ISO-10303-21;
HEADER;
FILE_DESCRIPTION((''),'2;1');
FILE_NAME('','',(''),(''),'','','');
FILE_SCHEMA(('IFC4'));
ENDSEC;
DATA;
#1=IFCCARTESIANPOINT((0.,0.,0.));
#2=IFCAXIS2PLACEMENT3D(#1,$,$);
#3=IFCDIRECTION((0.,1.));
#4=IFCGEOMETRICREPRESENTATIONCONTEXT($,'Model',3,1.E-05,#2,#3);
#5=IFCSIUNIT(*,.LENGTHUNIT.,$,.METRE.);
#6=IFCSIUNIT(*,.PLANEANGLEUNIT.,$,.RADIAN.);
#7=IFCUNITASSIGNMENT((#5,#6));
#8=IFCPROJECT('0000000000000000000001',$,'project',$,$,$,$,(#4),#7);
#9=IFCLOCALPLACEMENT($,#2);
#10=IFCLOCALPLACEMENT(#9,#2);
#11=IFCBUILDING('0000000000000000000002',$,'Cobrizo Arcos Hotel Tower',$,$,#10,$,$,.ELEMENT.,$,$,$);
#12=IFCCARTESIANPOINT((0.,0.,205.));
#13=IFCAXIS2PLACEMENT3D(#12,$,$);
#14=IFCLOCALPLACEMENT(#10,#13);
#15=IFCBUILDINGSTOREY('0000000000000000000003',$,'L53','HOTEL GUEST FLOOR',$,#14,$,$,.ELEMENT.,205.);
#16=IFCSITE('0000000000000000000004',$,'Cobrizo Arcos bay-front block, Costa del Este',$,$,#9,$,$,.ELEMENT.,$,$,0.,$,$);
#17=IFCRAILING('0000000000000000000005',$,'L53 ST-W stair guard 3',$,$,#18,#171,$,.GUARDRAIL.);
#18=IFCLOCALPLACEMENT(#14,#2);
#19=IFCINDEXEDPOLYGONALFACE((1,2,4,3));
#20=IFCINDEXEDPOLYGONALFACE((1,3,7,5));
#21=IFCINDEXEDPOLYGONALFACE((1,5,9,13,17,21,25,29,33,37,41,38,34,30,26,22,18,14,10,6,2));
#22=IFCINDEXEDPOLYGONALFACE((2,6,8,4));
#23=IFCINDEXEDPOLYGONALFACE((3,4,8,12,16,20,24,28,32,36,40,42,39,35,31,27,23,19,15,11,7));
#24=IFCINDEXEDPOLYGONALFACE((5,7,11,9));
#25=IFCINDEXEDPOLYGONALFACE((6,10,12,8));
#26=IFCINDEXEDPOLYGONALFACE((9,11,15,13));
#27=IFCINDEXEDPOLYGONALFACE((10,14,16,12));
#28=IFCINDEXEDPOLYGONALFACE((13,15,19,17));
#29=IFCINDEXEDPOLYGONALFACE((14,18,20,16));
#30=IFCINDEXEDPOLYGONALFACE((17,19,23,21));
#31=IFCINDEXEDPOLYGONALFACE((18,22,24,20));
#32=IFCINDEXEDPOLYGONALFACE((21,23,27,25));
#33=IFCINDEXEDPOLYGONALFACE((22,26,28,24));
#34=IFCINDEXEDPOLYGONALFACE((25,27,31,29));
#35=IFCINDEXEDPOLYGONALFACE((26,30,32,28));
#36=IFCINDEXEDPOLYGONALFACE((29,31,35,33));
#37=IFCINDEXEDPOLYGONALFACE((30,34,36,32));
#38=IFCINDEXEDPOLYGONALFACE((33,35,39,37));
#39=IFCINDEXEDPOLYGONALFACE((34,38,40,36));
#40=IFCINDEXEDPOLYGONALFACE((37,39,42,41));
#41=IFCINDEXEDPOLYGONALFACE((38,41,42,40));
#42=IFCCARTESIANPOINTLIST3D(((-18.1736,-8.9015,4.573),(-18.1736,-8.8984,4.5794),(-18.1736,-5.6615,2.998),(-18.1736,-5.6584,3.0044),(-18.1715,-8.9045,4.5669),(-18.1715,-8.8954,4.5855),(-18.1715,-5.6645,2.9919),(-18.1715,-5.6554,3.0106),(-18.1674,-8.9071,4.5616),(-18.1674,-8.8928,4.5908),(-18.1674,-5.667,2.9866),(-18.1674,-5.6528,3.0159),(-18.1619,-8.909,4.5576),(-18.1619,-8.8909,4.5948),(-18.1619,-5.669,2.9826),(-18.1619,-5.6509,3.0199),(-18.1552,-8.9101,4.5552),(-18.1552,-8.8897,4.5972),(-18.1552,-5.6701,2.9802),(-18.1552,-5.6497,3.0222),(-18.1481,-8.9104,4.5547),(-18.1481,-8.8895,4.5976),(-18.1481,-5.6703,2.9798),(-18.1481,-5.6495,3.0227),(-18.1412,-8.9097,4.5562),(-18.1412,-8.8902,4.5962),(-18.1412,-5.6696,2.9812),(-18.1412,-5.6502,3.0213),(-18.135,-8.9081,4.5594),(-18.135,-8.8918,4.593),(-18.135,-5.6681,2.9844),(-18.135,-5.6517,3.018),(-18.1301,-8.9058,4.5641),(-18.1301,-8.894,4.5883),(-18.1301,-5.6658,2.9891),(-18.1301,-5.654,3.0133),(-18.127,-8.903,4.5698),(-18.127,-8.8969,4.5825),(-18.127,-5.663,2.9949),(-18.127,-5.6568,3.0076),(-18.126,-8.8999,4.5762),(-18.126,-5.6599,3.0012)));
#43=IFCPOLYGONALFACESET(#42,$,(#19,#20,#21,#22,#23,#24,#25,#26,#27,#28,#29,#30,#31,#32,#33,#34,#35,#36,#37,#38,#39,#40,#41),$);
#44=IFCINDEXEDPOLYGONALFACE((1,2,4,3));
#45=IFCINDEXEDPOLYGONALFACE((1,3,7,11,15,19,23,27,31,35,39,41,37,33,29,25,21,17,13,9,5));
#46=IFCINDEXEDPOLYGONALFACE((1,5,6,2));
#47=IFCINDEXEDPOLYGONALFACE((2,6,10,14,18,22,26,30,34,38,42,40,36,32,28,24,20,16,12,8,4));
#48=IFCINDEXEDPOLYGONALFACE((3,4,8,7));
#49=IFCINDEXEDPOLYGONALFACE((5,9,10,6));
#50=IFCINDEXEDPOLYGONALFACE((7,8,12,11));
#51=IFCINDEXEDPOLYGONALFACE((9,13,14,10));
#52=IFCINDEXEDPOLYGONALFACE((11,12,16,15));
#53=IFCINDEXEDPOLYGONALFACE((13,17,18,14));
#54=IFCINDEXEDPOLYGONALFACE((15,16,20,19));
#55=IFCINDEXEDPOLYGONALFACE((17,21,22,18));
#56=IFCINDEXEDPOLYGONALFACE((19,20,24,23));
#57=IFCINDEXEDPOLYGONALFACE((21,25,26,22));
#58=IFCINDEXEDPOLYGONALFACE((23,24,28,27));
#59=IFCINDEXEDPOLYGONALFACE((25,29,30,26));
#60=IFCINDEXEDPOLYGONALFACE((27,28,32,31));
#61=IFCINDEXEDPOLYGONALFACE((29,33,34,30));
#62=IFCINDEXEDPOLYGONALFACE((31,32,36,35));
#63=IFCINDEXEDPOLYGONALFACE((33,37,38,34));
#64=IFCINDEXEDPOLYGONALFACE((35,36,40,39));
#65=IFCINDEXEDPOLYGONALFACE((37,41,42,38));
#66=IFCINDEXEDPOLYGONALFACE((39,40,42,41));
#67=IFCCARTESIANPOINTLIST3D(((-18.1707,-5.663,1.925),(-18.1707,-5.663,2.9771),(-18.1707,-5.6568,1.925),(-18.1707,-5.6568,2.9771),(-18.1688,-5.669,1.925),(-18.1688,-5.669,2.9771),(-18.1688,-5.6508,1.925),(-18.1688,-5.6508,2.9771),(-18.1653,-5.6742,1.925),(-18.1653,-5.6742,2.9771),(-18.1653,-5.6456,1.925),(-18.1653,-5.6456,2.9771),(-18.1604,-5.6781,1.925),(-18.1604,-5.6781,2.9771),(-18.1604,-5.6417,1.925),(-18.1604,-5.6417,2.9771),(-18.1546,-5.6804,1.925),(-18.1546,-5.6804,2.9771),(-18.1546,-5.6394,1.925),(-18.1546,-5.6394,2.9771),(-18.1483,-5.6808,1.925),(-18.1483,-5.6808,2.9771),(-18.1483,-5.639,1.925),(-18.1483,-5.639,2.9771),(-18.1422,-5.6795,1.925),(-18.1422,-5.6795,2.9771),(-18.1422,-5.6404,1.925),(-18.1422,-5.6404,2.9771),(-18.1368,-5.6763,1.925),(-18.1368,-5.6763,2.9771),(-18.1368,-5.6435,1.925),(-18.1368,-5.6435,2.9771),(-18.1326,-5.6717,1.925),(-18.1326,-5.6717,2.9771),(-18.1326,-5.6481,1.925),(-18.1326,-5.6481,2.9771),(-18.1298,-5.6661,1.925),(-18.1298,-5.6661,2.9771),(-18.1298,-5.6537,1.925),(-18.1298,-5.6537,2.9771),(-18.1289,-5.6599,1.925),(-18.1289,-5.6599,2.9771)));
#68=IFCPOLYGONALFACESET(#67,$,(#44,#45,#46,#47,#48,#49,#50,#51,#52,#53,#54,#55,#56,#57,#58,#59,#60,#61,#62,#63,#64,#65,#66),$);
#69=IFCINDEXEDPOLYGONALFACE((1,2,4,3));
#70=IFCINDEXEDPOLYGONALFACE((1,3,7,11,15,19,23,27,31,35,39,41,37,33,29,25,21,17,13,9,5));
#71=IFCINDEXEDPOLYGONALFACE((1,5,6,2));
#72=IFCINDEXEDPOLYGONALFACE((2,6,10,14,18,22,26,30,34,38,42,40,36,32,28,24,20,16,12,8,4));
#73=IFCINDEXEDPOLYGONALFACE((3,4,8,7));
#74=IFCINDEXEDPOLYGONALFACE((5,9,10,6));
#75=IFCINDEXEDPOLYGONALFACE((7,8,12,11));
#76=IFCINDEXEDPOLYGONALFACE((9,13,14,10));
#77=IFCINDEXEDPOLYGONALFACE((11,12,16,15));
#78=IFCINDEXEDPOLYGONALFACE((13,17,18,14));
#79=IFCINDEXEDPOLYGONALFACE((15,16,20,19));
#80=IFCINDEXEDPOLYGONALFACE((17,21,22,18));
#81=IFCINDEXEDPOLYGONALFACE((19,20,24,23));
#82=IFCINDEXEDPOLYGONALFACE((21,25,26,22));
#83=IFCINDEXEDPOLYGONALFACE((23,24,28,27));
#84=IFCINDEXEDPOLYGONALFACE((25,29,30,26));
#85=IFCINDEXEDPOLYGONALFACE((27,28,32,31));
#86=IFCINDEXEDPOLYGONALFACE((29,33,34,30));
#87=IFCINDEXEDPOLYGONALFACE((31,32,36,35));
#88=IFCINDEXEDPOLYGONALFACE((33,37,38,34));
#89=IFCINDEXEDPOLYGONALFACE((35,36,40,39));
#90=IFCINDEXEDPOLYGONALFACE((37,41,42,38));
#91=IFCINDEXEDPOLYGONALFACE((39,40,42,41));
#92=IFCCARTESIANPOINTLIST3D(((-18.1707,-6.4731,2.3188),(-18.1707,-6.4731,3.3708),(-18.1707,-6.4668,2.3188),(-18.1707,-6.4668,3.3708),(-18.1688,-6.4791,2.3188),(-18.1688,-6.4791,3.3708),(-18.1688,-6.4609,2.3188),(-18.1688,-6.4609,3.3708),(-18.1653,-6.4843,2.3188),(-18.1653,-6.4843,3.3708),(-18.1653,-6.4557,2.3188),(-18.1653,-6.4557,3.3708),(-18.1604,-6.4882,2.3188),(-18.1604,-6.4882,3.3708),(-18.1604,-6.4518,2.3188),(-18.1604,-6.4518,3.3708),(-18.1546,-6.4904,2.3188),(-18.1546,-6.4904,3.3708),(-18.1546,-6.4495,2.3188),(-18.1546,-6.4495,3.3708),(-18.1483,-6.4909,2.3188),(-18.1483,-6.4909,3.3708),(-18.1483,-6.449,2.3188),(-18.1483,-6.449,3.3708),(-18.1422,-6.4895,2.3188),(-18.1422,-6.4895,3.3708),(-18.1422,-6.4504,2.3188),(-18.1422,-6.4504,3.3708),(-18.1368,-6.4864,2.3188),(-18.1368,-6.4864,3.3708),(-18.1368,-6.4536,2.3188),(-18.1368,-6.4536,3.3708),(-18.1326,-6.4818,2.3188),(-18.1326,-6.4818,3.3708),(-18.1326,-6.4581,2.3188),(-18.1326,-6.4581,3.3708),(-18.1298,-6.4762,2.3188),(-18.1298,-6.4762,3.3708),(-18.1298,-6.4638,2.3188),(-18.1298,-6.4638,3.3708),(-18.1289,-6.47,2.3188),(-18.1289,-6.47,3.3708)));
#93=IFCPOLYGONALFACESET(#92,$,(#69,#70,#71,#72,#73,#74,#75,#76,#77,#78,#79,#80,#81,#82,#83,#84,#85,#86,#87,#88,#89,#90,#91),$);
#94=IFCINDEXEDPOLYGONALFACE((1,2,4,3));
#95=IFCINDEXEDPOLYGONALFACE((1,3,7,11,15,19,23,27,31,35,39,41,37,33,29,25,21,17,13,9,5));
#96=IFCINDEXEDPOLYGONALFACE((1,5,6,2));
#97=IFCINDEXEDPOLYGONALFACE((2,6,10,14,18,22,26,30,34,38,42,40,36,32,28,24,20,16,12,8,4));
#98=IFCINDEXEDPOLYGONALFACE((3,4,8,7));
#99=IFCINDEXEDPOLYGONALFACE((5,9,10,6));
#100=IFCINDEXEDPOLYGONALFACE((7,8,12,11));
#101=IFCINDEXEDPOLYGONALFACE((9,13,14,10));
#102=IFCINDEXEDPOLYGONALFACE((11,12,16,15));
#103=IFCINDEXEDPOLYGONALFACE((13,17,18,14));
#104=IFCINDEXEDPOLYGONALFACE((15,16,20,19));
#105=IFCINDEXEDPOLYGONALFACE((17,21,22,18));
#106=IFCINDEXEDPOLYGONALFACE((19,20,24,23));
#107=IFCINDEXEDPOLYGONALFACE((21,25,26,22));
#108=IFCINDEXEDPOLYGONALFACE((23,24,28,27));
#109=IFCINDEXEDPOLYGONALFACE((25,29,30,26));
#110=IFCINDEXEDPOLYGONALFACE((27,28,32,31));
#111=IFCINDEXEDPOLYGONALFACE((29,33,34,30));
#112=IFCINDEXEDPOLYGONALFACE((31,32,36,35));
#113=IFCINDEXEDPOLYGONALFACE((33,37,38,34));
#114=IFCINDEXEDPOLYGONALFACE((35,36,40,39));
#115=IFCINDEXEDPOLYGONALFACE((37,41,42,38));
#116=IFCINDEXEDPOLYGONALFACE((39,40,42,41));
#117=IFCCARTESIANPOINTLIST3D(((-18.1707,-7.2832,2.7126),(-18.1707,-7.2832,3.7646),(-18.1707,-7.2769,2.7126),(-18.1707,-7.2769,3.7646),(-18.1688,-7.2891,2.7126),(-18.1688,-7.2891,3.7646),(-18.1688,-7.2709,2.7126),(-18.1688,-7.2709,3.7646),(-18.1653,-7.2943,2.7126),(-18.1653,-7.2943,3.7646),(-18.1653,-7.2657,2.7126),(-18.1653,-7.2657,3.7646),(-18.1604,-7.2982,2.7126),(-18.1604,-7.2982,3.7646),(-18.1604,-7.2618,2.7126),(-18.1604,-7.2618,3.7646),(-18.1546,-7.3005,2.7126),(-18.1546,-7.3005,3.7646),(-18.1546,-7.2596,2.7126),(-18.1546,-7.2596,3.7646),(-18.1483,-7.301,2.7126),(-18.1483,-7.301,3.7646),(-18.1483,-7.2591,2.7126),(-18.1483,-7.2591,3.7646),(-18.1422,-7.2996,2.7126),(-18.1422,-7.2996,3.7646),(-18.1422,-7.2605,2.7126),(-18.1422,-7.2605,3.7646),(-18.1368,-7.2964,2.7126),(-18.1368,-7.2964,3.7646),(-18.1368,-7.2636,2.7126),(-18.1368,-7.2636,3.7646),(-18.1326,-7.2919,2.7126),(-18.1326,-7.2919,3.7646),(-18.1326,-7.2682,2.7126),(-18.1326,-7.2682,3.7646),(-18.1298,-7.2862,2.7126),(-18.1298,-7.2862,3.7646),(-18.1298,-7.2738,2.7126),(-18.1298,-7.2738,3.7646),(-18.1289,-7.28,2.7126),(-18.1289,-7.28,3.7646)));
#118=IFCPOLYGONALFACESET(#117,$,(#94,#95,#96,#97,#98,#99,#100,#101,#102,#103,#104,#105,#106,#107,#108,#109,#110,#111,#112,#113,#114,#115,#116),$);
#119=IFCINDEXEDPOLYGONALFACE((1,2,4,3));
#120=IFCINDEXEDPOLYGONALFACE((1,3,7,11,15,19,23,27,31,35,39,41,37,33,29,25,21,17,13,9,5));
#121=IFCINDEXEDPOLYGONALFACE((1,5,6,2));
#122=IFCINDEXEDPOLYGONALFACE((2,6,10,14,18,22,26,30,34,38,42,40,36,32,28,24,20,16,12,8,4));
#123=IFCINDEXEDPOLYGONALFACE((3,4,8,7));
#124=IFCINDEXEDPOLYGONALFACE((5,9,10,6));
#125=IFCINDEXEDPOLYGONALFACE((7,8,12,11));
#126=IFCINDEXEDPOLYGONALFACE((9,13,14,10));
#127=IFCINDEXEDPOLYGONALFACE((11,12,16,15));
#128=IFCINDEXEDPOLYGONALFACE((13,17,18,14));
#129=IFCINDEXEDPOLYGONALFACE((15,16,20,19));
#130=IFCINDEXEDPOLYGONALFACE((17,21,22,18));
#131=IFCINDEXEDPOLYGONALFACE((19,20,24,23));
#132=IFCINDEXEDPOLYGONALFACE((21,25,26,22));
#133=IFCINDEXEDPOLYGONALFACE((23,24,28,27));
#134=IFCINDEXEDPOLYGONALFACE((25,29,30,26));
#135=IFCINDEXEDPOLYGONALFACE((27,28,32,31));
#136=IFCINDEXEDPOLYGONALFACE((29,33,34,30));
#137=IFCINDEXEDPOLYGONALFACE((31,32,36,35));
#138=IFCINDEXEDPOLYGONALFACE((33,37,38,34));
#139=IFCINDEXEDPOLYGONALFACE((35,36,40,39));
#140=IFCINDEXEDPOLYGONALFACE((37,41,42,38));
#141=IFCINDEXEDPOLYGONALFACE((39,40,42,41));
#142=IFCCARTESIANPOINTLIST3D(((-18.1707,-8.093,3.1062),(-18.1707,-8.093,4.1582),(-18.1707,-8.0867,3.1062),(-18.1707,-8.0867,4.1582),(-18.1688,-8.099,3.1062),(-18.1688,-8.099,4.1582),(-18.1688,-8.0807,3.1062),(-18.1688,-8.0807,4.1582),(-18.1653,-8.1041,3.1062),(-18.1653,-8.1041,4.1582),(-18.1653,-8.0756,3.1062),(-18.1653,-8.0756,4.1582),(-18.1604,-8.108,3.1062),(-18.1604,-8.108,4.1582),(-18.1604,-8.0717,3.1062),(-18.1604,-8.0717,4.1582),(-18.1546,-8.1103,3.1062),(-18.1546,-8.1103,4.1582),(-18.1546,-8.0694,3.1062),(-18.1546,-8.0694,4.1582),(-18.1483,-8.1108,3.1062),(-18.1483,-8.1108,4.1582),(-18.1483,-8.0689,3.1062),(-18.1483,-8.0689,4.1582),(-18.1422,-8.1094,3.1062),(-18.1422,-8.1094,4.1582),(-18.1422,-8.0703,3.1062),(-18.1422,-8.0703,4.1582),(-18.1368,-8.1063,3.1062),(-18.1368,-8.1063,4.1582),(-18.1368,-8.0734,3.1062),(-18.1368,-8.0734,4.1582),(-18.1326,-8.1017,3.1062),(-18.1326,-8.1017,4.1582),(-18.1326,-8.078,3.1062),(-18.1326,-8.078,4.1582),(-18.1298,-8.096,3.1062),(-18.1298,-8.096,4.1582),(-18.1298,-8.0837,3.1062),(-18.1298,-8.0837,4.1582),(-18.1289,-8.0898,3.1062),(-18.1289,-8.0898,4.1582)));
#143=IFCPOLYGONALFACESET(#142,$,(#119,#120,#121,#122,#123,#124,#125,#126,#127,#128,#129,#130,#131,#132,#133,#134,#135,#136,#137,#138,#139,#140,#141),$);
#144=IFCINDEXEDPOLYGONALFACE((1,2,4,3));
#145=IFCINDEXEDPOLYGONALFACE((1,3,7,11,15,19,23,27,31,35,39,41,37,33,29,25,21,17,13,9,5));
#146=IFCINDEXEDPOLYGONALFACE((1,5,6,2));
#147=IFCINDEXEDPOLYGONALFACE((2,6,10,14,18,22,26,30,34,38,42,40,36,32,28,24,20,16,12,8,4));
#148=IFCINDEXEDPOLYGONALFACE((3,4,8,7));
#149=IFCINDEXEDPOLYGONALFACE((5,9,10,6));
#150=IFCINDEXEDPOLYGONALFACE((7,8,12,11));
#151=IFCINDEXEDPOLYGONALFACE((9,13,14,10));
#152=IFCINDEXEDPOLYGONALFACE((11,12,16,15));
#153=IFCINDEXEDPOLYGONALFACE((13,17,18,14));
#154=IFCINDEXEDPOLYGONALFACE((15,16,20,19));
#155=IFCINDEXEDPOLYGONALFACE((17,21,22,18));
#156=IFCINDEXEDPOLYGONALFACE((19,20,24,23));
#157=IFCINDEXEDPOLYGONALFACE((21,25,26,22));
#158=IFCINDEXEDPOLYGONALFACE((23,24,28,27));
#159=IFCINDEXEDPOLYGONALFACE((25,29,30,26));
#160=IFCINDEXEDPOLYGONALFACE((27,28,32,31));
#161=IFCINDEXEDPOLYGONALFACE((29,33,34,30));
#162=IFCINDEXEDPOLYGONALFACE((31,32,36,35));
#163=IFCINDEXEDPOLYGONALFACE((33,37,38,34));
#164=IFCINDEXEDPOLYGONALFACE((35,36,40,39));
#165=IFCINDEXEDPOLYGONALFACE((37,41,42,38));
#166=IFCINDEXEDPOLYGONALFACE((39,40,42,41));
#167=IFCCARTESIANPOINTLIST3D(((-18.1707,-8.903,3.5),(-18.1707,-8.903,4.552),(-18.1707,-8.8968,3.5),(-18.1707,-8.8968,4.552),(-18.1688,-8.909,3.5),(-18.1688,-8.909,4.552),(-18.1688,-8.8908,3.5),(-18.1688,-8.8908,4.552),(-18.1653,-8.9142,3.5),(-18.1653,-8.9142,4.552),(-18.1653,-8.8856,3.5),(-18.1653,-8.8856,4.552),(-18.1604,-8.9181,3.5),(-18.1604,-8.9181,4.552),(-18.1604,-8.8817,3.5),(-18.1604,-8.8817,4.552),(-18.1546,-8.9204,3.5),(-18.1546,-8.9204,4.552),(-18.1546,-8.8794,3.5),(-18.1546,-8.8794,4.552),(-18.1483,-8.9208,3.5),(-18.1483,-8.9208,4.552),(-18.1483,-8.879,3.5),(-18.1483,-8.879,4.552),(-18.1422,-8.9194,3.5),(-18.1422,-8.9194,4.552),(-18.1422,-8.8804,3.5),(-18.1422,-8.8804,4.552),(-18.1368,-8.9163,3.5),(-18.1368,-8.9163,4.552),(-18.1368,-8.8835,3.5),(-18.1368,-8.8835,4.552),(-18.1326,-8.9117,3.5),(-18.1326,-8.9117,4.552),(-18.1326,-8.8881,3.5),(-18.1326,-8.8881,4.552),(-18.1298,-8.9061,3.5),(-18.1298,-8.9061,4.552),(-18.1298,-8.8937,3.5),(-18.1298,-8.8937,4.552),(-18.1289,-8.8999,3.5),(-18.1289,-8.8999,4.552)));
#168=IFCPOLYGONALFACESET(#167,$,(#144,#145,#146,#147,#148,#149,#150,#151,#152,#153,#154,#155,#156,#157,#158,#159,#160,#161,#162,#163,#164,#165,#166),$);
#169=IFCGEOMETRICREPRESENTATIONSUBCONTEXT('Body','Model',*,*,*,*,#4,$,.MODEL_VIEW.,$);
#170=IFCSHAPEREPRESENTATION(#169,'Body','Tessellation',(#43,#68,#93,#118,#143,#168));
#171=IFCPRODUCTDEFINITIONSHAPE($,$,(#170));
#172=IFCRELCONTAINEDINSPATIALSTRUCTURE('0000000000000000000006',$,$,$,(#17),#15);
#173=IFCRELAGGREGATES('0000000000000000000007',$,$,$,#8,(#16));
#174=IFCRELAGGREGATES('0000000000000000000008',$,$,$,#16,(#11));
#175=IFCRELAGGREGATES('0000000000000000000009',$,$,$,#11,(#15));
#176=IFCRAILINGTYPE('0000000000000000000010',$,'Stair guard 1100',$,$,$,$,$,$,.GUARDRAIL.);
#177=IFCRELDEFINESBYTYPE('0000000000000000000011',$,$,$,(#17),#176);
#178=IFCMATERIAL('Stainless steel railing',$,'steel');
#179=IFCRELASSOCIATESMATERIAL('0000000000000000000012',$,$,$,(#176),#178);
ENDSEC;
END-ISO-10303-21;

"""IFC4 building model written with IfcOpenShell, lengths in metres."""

from ifc_helpers import new_model, si_unit, direction, frame, origin, origin_2d, place, context, subcontext, project, spatial, circle, extrude, material, type_object, element, save


model = new_model("IFC4")

# Units and contexts
model_context = context("Model", 3, precision=1e-05, world=origin(), true_north=direction((0.0, 1.0)))
body_context = subcontext(model_context, "Body", "Model", "MODEL_VIEW")
ifc_project = project(units=[si_unit("LENGTHUNIT", "METRE"), si_unit("PLANEANGLEUNIT", "RADIAN")], contexts=[model_context])

# Site, building, storey
site_placement = place(None, origin())
site = spatial("IfcSite", under=ifc_project, at=site_placement, Name="Cobrizo Arcos bay-front block, Costa del Este", CompositionType="ELEMENT", RefElevation=0.0)
building_placement = place(site_placement, origin())
building = spatial("IfcBuilding", under=site, at=building_placement, Name="Cobrizo Arcos Hotel Tower", CompositionType="ELEMENT")
storey_placement = place(building_placement, frame((0.0, 0.0, 205.0)))
storey = spatial("IfcBuildingStorey", under=building, at=storey_placement, Name="L53", Description="HOTEL GUEST FLOOR", CompositionType="ELEMENT", Elevation=205.0)

# Railing
ifc_material_1 = material(Name="Stainless steel railing", Category="steel")
railing_type_1 = type_object("IfcRailingType", Name="Stair guard 1100", PredefinedType="GUARDRAIL", material=ifc_material_1)
railing_1_placement = place(storey_placement, frame((-18.1499, -5.6599, 1.925)))
element("IfcRailing", 1, at=railing_1_placement, inside=storey, type_object=railing_type_1, Name="L53 ST-W stair guard 3", PredefinedType="GUARDRAIL", context=body_context, shape_type="SweptSolid", body=[
    extrude(circle(Radius=0.0239, at=origin_2d()), frame((0.0, 0.0, 1.0762), z_axis=(0.0, -0.899373, 0.437183), x_axis=(1.0, 0.0, 0.0)), (0.0, 0.0, 1.0), 3.6025),
    extrude(circle(Radius=0.021, at=origin_2d()), origin(), (0.0, 0.0, 1.0), 1.052),
    extrude(circle(Radius=0.021, at=origin_2d()), frame((0.0, -0.8101, 0.3938)), (0.0, 0.0, 1.0), 1.052),
    extrude(circle(Radius=0.021, at=origin_2d()), frame((0.0, -1.6201, 0.7876)), (0.0, 0.0, 1.0), 1.052),
    extrude(circle(Radius=0.021, at=origin_2d()), frame((0.0, -2.4299, 1.1812)), (0.0, 0.0, 1.0), 1.052),
    extrude(circle(Radius=0.021, at=origin_2d()), frame((0.0, -3.24, 1.575)), (0.0, 0.0, 1.0), 1.052),
])

save(model, "model.ifc")
